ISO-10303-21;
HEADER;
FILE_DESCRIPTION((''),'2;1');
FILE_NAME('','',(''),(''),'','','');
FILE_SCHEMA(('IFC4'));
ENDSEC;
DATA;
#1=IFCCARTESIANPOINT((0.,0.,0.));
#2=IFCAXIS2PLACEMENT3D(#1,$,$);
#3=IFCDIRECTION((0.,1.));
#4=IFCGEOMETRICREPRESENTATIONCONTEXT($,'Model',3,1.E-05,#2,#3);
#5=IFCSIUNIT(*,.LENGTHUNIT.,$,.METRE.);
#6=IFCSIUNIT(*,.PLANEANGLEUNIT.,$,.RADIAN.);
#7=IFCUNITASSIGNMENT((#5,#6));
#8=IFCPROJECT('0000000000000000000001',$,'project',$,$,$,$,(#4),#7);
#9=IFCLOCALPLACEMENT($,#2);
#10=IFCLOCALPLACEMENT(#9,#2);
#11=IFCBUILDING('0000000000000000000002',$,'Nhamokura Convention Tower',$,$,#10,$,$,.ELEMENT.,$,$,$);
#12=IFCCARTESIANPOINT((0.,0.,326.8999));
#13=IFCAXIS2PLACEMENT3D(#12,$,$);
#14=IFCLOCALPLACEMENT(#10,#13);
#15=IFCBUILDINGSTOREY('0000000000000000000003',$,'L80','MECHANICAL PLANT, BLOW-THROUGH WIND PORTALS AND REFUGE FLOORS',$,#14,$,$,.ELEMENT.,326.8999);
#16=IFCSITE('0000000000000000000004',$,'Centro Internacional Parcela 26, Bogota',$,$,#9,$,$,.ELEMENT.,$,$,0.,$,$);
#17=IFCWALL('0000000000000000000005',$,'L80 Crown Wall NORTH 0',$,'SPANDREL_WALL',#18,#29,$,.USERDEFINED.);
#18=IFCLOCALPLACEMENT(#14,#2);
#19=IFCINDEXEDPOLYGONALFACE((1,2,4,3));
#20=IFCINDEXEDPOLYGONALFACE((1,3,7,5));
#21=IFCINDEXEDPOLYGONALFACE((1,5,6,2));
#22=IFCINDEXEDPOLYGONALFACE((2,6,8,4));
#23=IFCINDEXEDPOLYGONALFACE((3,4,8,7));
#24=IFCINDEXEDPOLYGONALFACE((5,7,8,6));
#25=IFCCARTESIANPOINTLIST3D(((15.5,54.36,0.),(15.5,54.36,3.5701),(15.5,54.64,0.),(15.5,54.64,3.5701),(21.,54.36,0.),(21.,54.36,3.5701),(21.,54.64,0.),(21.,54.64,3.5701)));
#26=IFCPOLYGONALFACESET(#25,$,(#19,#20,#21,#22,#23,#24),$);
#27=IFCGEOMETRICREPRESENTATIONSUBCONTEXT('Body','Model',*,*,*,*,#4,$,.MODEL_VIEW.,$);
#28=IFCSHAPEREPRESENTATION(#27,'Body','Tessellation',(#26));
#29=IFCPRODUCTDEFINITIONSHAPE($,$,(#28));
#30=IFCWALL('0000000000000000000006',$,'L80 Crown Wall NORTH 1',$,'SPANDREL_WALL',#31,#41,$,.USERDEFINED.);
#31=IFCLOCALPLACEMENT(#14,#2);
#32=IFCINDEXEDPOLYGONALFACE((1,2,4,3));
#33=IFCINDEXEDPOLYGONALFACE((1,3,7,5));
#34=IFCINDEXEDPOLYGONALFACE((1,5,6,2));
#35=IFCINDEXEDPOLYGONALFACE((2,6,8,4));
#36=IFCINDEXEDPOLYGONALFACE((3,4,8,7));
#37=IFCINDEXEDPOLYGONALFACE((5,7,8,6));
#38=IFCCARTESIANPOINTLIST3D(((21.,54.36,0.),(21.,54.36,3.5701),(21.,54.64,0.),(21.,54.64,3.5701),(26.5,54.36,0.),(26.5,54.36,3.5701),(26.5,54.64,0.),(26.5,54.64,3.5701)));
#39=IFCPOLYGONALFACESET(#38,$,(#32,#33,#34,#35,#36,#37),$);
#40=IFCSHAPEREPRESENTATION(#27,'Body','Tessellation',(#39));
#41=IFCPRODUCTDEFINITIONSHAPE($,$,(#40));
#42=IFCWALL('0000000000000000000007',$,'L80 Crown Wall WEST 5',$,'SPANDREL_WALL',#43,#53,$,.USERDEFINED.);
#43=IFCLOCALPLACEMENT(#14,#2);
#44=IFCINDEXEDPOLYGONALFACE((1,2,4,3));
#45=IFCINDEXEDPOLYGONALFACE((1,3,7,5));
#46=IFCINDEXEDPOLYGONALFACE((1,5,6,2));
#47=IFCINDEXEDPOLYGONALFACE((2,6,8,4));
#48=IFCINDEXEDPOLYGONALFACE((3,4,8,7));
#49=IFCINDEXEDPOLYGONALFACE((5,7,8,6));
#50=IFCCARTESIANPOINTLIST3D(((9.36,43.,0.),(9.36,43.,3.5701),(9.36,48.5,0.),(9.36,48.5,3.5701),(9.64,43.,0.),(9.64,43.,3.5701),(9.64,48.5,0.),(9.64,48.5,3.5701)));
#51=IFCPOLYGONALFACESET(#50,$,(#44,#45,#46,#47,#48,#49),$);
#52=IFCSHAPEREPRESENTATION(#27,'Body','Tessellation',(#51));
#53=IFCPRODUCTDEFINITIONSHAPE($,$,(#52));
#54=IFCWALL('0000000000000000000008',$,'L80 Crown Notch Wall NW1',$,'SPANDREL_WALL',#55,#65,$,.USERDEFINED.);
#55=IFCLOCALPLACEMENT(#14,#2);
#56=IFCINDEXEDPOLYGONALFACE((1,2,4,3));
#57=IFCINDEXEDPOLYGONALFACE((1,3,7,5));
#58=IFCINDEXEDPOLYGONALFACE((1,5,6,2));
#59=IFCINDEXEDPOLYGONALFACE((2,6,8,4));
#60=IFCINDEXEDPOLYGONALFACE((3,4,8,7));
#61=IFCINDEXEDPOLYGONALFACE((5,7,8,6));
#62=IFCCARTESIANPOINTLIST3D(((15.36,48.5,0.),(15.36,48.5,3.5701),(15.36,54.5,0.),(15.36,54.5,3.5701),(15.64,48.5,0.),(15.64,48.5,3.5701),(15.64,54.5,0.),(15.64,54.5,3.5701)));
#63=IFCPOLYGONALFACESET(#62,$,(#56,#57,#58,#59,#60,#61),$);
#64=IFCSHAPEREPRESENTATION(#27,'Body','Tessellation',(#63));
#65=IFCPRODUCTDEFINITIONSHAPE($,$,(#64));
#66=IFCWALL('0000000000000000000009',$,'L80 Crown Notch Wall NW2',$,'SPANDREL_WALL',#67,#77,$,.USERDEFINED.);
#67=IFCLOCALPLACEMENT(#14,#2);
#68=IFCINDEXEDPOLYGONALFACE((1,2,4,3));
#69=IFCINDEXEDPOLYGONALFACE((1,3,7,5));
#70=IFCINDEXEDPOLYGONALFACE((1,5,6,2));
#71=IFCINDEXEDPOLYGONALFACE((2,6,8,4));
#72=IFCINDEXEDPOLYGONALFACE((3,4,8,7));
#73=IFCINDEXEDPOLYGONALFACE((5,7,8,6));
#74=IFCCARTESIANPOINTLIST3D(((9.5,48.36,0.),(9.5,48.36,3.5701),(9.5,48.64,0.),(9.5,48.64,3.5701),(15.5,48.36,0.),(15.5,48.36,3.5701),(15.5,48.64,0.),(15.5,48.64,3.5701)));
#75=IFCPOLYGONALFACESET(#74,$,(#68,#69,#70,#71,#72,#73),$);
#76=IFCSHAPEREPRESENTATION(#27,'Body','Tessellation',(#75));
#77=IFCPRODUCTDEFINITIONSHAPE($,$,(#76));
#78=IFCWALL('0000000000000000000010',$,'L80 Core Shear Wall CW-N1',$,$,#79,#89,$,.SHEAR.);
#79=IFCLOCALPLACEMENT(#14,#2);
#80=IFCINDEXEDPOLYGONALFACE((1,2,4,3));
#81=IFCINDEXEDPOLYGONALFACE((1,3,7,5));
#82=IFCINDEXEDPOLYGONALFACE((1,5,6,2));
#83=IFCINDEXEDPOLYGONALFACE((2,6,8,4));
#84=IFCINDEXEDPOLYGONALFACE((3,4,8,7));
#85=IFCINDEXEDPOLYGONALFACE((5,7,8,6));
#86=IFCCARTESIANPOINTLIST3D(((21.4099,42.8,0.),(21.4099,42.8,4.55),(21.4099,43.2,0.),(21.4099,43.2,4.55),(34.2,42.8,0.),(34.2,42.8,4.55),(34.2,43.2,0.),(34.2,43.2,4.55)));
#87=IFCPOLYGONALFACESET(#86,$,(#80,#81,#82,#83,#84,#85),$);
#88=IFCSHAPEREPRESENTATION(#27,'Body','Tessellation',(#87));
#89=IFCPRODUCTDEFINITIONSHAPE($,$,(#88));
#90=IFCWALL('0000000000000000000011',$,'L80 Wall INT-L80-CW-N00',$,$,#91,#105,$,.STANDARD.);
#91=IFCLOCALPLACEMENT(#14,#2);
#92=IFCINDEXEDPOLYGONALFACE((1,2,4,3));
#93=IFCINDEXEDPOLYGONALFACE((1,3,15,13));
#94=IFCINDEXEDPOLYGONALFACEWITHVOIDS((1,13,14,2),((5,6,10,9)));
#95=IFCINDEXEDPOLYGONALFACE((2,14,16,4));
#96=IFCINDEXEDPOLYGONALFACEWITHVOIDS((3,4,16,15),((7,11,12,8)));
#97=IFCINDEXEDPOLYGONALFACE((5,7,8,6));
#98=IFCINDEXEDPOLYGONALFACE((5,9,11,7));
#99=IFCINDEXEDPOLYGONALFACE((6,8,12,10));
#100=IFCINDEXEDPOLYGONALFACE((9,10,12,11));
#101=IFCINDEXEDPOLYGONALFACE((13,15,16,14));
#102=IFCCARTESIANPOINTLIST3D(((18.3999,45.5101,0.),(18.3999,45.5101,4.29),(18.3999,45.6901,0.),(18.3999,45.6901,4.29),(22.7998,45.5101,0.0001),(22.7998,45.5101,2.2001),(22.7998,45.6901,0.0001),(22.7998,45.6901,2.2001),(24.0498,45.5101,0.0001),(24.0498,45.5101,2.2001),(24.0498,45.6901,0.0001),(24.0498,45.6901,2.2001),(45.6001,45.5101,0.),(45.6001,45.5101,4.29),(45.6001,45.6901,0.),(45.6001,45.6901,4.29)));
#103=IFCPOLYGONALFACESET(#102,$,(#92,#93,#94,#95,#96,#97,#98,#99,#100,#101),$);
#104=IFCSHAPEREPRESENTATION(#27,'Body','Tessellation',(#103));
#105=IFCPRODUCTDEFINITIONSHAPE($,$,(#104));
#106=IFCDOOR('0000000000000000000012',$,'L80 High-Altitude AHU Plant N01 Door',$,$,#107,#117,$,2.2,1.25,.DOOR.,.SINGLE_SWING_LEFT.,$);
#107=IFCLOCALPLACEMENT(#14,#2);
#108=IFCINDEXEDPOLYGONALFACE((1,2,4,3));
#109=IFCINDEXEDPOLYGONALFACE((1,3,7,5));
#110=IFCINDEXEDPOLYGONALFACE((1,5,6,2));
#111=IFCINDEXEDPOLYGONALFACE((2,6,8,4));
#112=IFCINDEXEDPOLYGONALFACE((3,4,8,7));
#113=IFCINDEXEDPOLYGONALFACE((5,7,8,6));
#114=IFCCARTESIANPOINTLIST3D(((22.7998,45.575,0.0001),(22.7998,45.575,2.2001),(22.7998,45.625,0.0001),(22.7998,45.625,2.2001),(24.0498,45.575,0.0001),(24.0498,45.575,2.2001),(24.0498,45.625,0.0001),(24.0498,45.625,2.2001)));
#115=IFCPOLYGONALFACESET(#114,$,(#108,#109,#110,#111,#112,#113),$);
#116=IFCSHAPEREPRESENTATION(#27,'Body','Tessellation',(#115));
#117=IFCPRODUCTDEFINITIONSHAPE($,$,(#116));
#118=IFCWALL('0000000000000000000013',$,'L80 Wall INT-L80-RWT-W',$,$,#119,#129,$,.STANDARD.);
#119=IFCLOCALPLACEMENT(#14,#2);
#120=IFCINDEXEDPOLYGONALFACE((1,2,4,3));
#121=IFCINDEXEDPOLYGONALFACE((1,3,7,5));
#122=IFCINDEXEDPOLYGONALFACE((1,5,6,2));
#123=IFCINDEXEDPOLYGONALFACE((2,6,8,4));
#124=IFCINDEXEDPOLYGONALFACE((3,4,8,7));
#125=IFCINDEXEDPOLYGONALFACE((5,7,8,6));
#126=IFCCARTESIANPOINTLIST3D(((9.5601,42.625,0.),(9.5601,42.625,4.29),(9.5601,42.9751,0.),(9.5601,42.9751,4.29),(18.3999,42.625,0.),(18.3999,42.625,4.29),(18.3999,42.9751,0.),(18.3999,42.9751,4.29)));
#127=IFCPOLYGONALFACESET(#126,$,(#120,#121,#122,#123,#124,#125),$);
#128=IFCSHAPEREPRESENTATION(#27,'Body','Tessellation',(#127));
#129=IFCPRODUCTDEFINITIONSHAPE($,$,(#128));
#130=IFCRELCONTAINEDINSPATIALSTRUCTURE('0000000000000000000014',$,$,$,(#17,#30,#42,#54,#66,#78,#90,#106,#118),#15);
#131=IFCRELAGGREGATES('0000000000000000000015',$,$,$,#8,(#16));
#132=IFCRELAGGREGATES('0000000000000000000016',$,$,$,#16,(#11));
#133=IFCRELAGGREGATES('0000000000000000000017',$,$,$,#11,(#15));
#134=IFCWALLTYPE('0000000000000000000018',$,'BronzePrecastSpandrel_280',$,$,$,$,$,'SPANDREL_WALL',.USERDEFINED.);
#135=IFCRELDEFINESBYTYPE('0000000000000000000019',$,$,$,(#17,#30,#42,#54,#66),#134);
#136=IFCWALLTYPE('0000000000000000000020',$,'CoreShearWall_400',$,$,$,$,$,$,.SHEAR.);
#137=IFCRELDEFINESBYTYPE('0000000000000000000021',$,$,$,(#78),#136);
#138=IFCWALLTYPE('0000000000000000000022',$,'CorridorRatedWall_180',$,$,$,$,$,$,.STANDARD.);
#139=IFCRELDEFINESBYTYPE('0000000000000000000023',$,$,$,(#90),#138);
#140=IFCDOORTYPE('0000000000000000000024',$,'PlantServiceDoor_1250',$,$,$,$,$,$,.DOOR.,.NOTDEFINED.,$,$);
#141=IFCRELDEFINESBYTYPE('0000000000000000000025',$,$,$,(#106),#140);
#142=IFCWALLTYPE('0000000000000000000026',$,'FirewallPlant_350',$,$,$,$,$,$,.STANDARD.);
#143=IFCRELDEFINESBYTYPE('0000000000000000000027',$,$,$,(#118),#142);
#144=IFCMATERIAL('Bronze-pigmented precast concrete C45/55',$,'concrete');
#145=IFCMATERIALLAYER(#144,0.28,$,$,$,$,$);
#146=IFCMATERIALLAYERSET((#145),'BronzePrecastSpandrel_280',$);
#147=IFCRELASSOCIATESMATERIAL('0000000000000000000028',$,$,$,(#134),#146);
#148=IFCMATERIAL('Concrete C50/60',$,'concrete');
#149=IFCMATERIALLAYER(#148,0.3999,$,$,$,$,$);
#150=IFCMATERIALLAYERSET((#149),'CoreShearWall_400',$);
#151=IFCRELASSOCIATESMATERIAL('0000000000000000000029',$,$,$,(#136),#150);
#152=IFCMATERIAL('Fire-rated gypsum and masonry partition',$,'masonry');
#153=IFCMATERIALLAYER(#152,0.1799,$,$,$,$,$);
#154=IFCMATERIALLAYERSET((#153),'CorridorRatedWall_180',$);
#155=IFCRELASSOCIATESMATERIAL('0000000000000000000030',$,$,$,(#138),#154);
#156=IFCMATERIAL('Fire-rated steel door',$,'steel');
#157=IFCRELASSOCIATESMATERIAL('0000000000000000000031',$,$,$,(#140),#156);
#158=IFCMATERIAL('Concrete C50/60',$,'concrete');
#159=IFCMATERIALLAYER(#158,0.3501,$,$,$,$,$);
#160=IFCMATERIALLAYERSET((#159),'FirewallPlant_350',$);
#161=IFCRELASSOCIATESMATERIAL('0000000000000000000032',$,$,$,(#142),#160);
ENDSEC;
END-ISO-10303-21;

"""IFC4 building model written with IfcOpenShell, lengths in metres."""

from ifc_helpers import new_model, si_unit, direction, frame, frame_2d, origin, place, context, subcontext, project, spatial, rectangle, extrude, material, layer, layer_set, type_object, element, fill, save


model = new_model("IFC4")

# Units and contexts
model_context = context("Model", 3, precision=1e-05, world=origin(), true_north=direction((0.0, 1.0)))
body_context = subcontext(model_context, "Body", "Model", "MODEL_VIEW")
ifc_project = project(units=[si_unit("LENGTHUNIT", "METRE"), si_unit("PLANEANGLEUNIT", "RADIAN")], contexts=[model_context])

# Site, building, storey
site_placement = place(None, origin())
site = spatial("IfcSite", under=ifc_project, at=site_placement, Name="Centro Internacional Parcela 26, Bogota", CompositionType="ELEMENT", RefElevation=0.0)
building_placement = place(site_placement, origin())
building = spatial("IfcBuilding", under=site, at=building_placement, Name="Nhamokura Convention Tower", CompositionType="ELEMENT")
storey_placement = place(building_placement, frame((0.0, 0.0, 326.8999)))
storey = spatial("IfcBuildingStorey", under=building, at=storey_placement, Name="L80", Description="MECHANICAL PLANT, BLOW-THROUGH WIND PORTALS AND REFUGE FLOORS", CompositionType="ELEMENT", Elevation=326.8999)

# Walls
ifc_material_1 = material(Name="Bronze-pigmented precast concrete C45/55", Category="concrete")
ifc_layer_1 = layer(ifc_material_1, 0.28)
ifc_layer_set_1 = layer_set([ifc_layer_1], Name="BronzePrecastSpandrel_280")
wall_type_1 = type_object("IfcWallType", Name="BronzePrecastSpandrel_280", ElementType="SPANDREL_WALL", PredefinedType="USERDEFINED", material=ifc_layer_set_1)
for number, where, z_axis, x_axis, name in (
    (1, (15.5, 54.5, 0.0), (0.0, 0.0, 1.0), (1.0, 0.0, 0.0), "L80 Crown Wall NORTH 0"),
    (2, (21.0, 54.5, 0.0), (0.0, 0.0, 1.0), (1.0, 0.0, 0.0), "L80 Crown Wall NORTH 1"),
    (3, (9.5, 43.0, 0.0), (0.0, 0.0, 1.0), (0.0, 1.0, 0.0), "L80 Crown Wall WEST 5"),
):
    element("IfcWall", number, at=place(storey_placement, frame(where, z_axis=z_axis, x_axis=x_axis)), inside=storey, type_object=wall_type_1, Name=name, ObjectType="SPANDREL_WALL", PredefinedType="USERDEFINED", context=body_context, shape_type="SweptSolid", body=[
        extrude(rectangle(XDim=5.5, YDim=0.28, at=frame_2d((2.75, 0.0))), origin(), (0.0, 0.0, 1.0), 3.5701),
    ])
for number, where, z_axis, x_axis, name in (
    (4, (15.5, 48.5, 0.0), (0.0, 0.0, 1.0), (0.0, 1.0, 0.0), "L80 Crown Notch Wall NW1"),
    (5, (9.5, 48.5, 0.0), (0.0, 0.0, 1.0), (1.0, 0.0, 0.0), "L80 Crown Notch Wall NW2"),
):
    element("IfcWall", number, at=place(storey_placement, frame(where, z_axis=z_axis, x_axis=x_axis)), inside=storey, type_object=wall_type_1, Name=name, ObjectType="SPANDREL_WALL", PredefinedType="USERDEFINED", context=body_context, shape_type="SweptSolid", body=[
        extrude(rectangle(XDim=6.0, YDim=0.28, at=frame_2d((3.0, 0.0))), origin(), (0.0, 0.0, 1.0), 3.5701),
    ])
ifc_material_2 = material(Name="Concrete C50/60", Category="concrete")
ifc_layer_2 = layer(ifc_material_2, 0.3999)
ifc_layer_set_2 = layer_set([ifc_layer_2], Name="CoreShearWall_400")
wall_type_2 = type_object("IfcWallType", Name="CoreShearWall_400", PredefinedType="SHEAR", material=ifc_layer_set_2)
wall_1_placement = place(storey_placement, frame((21.4099, 43.0, 0.0), z_axis=(0.0, 0.0, 1.0), x_axis=(1.0, 0.0, 0.0)))
element("IfcWall", 6, at=wall_1_placement, inside=storey, type_object=wall_type_2, Name="L80 Core Shear Wall CW-N1", PredefinedType="SHEAR", context=body_context, shape_type="SweptSolid", body=[
    extrude(rectangle(XDim=12.79, YDim=0.3999, at=frame_2d((6.395, 0.0))), origin(), (0.0, 0.0, 1.0), 4.55),
])

# Wall, opening, door
ifc_material_3 = material(Name="Fire-rated gypsum and masonry partition", Category="masonry")
ifc_layer_3 = layer(ifc_material_3, 0.1799)
ifc_layer_set_3 = layer_set([ifc_layer_3], Name="CorridorRatedWall_180")
wall_type_3 = type_object("IfcWallType", Name="CorridorRatedWall_180", PredefinedType="STANDARD", material=ifc_layer_set_3)
wall_2_placement = place(storey_placement, frame((18.3999, 45.6001, 0.0), z_axis=(0.0, 0.0, 1.0), x_axis=(1.0, 0.0, 0.0)))
wall_2 = element("IfcWall", 7, at=wall_2_placement, inside=storey, type_object=wall_type_3, Name="L80 Wall INT-L80-CW-N00", PredefinedType="STANDARD", context=body_context, shape_type="SweptSolid", body=[
    extrude(rectangle(XDim=27.2002, YDim=0.1799, at=frame_2d((13.6001, 0.0))), origin(), (0.0, 0.0, 1.0), 4.29),
])
opening_1_placement = place(wall_2_placement, frame((4.3999, 0.0, 0.0)))
opening_1 = element("IfcOpeningElement", 8, at=opening_1_placement, cuts=wall_2, PredefinedType="OPENING", context=body_context, shape_type="SweptSolid", body=[
    extrude(rectangle(XDim=1.25, YDim=2.2, at=frame_2d((0.625, 1.1001))), frame((0.0, 0.0999, 0.0), z_axis=(0.0, -1.0, 0.0), x_axis=(1.0, 0.0, 0.0)), (0.0, 0.0, 1.0), 0.2),
])
ifc_material_4 = material(Name="Fire-rated steel door", Category="steel")
door_type_1 = type_object("IfcDoorType", Name="PlantServiceDoor_1250", OperationType="NOTDEFINED", PredefinedType="DOOR", material=ifc_material_4)
door_1_placement = place(opening_1_placement, origin())
door_1 = element("IfcDoor", 9, at=door_1_placement, inside=storey, type_object=door_type_1, Name="L80 High-Altitude AHU Plant N01 Door", OperationType="SINGLE_SWING_LEFT", OverallHeight=2.2, OverallWidth=1.25, PredefinedType="DOOR", context=body_context, shape_type="SweptSolid", body=[
    extrude(rectangle(XDim=1.25, YDim=2.2, at=frame_2d((0.625, 1.1001))), frame((0.0, 0.0249, 0.0), z_axis=(0.0, -1.0, 0.0), x_axis=(1.0, 0.0, 0.0)), (0.0, 0.0, 1.0), 0.05),
])
fill(opening_1, door_1)
ifc_material_5 = material(Name="Concrete C50/60", Category="concrete")
ifc_layer_4 = layer(ifc_material_5, 0.3501)
ifc_layer_set_4 = layer_set([ifc_layer_4], Name="FirewallPlant_350")
wall_type_4 = type_object("IfcWallType", Name="FirewallPlant_350", PredefinedType="STANDARD", material=ifc_layer_set_4)

# Wall
wall_3_placement = place(storey_placement, frame((9.5601, 42.8, 0.0), z_axis=(0.0, 0.0, 1.0), x_axis=(1.0, 0.0, 0.0)))
element("IfcWall", 10, at=wall_3_placement, inside=storey, type_object=wall_type_4, Name="L80 Wall INT-L80-RWT-W", PredefinedType="STANDARD", context=body_context, shape_type="SweptSolid", body=[
    extrude(rectangle(XDim=8.8398, YDim=0.3501, at=frame_2d((4.4199, 0.0))), origin(), (0.0, 0.0, 1.0), 4.29),
])

save(model, "model.ifc")
